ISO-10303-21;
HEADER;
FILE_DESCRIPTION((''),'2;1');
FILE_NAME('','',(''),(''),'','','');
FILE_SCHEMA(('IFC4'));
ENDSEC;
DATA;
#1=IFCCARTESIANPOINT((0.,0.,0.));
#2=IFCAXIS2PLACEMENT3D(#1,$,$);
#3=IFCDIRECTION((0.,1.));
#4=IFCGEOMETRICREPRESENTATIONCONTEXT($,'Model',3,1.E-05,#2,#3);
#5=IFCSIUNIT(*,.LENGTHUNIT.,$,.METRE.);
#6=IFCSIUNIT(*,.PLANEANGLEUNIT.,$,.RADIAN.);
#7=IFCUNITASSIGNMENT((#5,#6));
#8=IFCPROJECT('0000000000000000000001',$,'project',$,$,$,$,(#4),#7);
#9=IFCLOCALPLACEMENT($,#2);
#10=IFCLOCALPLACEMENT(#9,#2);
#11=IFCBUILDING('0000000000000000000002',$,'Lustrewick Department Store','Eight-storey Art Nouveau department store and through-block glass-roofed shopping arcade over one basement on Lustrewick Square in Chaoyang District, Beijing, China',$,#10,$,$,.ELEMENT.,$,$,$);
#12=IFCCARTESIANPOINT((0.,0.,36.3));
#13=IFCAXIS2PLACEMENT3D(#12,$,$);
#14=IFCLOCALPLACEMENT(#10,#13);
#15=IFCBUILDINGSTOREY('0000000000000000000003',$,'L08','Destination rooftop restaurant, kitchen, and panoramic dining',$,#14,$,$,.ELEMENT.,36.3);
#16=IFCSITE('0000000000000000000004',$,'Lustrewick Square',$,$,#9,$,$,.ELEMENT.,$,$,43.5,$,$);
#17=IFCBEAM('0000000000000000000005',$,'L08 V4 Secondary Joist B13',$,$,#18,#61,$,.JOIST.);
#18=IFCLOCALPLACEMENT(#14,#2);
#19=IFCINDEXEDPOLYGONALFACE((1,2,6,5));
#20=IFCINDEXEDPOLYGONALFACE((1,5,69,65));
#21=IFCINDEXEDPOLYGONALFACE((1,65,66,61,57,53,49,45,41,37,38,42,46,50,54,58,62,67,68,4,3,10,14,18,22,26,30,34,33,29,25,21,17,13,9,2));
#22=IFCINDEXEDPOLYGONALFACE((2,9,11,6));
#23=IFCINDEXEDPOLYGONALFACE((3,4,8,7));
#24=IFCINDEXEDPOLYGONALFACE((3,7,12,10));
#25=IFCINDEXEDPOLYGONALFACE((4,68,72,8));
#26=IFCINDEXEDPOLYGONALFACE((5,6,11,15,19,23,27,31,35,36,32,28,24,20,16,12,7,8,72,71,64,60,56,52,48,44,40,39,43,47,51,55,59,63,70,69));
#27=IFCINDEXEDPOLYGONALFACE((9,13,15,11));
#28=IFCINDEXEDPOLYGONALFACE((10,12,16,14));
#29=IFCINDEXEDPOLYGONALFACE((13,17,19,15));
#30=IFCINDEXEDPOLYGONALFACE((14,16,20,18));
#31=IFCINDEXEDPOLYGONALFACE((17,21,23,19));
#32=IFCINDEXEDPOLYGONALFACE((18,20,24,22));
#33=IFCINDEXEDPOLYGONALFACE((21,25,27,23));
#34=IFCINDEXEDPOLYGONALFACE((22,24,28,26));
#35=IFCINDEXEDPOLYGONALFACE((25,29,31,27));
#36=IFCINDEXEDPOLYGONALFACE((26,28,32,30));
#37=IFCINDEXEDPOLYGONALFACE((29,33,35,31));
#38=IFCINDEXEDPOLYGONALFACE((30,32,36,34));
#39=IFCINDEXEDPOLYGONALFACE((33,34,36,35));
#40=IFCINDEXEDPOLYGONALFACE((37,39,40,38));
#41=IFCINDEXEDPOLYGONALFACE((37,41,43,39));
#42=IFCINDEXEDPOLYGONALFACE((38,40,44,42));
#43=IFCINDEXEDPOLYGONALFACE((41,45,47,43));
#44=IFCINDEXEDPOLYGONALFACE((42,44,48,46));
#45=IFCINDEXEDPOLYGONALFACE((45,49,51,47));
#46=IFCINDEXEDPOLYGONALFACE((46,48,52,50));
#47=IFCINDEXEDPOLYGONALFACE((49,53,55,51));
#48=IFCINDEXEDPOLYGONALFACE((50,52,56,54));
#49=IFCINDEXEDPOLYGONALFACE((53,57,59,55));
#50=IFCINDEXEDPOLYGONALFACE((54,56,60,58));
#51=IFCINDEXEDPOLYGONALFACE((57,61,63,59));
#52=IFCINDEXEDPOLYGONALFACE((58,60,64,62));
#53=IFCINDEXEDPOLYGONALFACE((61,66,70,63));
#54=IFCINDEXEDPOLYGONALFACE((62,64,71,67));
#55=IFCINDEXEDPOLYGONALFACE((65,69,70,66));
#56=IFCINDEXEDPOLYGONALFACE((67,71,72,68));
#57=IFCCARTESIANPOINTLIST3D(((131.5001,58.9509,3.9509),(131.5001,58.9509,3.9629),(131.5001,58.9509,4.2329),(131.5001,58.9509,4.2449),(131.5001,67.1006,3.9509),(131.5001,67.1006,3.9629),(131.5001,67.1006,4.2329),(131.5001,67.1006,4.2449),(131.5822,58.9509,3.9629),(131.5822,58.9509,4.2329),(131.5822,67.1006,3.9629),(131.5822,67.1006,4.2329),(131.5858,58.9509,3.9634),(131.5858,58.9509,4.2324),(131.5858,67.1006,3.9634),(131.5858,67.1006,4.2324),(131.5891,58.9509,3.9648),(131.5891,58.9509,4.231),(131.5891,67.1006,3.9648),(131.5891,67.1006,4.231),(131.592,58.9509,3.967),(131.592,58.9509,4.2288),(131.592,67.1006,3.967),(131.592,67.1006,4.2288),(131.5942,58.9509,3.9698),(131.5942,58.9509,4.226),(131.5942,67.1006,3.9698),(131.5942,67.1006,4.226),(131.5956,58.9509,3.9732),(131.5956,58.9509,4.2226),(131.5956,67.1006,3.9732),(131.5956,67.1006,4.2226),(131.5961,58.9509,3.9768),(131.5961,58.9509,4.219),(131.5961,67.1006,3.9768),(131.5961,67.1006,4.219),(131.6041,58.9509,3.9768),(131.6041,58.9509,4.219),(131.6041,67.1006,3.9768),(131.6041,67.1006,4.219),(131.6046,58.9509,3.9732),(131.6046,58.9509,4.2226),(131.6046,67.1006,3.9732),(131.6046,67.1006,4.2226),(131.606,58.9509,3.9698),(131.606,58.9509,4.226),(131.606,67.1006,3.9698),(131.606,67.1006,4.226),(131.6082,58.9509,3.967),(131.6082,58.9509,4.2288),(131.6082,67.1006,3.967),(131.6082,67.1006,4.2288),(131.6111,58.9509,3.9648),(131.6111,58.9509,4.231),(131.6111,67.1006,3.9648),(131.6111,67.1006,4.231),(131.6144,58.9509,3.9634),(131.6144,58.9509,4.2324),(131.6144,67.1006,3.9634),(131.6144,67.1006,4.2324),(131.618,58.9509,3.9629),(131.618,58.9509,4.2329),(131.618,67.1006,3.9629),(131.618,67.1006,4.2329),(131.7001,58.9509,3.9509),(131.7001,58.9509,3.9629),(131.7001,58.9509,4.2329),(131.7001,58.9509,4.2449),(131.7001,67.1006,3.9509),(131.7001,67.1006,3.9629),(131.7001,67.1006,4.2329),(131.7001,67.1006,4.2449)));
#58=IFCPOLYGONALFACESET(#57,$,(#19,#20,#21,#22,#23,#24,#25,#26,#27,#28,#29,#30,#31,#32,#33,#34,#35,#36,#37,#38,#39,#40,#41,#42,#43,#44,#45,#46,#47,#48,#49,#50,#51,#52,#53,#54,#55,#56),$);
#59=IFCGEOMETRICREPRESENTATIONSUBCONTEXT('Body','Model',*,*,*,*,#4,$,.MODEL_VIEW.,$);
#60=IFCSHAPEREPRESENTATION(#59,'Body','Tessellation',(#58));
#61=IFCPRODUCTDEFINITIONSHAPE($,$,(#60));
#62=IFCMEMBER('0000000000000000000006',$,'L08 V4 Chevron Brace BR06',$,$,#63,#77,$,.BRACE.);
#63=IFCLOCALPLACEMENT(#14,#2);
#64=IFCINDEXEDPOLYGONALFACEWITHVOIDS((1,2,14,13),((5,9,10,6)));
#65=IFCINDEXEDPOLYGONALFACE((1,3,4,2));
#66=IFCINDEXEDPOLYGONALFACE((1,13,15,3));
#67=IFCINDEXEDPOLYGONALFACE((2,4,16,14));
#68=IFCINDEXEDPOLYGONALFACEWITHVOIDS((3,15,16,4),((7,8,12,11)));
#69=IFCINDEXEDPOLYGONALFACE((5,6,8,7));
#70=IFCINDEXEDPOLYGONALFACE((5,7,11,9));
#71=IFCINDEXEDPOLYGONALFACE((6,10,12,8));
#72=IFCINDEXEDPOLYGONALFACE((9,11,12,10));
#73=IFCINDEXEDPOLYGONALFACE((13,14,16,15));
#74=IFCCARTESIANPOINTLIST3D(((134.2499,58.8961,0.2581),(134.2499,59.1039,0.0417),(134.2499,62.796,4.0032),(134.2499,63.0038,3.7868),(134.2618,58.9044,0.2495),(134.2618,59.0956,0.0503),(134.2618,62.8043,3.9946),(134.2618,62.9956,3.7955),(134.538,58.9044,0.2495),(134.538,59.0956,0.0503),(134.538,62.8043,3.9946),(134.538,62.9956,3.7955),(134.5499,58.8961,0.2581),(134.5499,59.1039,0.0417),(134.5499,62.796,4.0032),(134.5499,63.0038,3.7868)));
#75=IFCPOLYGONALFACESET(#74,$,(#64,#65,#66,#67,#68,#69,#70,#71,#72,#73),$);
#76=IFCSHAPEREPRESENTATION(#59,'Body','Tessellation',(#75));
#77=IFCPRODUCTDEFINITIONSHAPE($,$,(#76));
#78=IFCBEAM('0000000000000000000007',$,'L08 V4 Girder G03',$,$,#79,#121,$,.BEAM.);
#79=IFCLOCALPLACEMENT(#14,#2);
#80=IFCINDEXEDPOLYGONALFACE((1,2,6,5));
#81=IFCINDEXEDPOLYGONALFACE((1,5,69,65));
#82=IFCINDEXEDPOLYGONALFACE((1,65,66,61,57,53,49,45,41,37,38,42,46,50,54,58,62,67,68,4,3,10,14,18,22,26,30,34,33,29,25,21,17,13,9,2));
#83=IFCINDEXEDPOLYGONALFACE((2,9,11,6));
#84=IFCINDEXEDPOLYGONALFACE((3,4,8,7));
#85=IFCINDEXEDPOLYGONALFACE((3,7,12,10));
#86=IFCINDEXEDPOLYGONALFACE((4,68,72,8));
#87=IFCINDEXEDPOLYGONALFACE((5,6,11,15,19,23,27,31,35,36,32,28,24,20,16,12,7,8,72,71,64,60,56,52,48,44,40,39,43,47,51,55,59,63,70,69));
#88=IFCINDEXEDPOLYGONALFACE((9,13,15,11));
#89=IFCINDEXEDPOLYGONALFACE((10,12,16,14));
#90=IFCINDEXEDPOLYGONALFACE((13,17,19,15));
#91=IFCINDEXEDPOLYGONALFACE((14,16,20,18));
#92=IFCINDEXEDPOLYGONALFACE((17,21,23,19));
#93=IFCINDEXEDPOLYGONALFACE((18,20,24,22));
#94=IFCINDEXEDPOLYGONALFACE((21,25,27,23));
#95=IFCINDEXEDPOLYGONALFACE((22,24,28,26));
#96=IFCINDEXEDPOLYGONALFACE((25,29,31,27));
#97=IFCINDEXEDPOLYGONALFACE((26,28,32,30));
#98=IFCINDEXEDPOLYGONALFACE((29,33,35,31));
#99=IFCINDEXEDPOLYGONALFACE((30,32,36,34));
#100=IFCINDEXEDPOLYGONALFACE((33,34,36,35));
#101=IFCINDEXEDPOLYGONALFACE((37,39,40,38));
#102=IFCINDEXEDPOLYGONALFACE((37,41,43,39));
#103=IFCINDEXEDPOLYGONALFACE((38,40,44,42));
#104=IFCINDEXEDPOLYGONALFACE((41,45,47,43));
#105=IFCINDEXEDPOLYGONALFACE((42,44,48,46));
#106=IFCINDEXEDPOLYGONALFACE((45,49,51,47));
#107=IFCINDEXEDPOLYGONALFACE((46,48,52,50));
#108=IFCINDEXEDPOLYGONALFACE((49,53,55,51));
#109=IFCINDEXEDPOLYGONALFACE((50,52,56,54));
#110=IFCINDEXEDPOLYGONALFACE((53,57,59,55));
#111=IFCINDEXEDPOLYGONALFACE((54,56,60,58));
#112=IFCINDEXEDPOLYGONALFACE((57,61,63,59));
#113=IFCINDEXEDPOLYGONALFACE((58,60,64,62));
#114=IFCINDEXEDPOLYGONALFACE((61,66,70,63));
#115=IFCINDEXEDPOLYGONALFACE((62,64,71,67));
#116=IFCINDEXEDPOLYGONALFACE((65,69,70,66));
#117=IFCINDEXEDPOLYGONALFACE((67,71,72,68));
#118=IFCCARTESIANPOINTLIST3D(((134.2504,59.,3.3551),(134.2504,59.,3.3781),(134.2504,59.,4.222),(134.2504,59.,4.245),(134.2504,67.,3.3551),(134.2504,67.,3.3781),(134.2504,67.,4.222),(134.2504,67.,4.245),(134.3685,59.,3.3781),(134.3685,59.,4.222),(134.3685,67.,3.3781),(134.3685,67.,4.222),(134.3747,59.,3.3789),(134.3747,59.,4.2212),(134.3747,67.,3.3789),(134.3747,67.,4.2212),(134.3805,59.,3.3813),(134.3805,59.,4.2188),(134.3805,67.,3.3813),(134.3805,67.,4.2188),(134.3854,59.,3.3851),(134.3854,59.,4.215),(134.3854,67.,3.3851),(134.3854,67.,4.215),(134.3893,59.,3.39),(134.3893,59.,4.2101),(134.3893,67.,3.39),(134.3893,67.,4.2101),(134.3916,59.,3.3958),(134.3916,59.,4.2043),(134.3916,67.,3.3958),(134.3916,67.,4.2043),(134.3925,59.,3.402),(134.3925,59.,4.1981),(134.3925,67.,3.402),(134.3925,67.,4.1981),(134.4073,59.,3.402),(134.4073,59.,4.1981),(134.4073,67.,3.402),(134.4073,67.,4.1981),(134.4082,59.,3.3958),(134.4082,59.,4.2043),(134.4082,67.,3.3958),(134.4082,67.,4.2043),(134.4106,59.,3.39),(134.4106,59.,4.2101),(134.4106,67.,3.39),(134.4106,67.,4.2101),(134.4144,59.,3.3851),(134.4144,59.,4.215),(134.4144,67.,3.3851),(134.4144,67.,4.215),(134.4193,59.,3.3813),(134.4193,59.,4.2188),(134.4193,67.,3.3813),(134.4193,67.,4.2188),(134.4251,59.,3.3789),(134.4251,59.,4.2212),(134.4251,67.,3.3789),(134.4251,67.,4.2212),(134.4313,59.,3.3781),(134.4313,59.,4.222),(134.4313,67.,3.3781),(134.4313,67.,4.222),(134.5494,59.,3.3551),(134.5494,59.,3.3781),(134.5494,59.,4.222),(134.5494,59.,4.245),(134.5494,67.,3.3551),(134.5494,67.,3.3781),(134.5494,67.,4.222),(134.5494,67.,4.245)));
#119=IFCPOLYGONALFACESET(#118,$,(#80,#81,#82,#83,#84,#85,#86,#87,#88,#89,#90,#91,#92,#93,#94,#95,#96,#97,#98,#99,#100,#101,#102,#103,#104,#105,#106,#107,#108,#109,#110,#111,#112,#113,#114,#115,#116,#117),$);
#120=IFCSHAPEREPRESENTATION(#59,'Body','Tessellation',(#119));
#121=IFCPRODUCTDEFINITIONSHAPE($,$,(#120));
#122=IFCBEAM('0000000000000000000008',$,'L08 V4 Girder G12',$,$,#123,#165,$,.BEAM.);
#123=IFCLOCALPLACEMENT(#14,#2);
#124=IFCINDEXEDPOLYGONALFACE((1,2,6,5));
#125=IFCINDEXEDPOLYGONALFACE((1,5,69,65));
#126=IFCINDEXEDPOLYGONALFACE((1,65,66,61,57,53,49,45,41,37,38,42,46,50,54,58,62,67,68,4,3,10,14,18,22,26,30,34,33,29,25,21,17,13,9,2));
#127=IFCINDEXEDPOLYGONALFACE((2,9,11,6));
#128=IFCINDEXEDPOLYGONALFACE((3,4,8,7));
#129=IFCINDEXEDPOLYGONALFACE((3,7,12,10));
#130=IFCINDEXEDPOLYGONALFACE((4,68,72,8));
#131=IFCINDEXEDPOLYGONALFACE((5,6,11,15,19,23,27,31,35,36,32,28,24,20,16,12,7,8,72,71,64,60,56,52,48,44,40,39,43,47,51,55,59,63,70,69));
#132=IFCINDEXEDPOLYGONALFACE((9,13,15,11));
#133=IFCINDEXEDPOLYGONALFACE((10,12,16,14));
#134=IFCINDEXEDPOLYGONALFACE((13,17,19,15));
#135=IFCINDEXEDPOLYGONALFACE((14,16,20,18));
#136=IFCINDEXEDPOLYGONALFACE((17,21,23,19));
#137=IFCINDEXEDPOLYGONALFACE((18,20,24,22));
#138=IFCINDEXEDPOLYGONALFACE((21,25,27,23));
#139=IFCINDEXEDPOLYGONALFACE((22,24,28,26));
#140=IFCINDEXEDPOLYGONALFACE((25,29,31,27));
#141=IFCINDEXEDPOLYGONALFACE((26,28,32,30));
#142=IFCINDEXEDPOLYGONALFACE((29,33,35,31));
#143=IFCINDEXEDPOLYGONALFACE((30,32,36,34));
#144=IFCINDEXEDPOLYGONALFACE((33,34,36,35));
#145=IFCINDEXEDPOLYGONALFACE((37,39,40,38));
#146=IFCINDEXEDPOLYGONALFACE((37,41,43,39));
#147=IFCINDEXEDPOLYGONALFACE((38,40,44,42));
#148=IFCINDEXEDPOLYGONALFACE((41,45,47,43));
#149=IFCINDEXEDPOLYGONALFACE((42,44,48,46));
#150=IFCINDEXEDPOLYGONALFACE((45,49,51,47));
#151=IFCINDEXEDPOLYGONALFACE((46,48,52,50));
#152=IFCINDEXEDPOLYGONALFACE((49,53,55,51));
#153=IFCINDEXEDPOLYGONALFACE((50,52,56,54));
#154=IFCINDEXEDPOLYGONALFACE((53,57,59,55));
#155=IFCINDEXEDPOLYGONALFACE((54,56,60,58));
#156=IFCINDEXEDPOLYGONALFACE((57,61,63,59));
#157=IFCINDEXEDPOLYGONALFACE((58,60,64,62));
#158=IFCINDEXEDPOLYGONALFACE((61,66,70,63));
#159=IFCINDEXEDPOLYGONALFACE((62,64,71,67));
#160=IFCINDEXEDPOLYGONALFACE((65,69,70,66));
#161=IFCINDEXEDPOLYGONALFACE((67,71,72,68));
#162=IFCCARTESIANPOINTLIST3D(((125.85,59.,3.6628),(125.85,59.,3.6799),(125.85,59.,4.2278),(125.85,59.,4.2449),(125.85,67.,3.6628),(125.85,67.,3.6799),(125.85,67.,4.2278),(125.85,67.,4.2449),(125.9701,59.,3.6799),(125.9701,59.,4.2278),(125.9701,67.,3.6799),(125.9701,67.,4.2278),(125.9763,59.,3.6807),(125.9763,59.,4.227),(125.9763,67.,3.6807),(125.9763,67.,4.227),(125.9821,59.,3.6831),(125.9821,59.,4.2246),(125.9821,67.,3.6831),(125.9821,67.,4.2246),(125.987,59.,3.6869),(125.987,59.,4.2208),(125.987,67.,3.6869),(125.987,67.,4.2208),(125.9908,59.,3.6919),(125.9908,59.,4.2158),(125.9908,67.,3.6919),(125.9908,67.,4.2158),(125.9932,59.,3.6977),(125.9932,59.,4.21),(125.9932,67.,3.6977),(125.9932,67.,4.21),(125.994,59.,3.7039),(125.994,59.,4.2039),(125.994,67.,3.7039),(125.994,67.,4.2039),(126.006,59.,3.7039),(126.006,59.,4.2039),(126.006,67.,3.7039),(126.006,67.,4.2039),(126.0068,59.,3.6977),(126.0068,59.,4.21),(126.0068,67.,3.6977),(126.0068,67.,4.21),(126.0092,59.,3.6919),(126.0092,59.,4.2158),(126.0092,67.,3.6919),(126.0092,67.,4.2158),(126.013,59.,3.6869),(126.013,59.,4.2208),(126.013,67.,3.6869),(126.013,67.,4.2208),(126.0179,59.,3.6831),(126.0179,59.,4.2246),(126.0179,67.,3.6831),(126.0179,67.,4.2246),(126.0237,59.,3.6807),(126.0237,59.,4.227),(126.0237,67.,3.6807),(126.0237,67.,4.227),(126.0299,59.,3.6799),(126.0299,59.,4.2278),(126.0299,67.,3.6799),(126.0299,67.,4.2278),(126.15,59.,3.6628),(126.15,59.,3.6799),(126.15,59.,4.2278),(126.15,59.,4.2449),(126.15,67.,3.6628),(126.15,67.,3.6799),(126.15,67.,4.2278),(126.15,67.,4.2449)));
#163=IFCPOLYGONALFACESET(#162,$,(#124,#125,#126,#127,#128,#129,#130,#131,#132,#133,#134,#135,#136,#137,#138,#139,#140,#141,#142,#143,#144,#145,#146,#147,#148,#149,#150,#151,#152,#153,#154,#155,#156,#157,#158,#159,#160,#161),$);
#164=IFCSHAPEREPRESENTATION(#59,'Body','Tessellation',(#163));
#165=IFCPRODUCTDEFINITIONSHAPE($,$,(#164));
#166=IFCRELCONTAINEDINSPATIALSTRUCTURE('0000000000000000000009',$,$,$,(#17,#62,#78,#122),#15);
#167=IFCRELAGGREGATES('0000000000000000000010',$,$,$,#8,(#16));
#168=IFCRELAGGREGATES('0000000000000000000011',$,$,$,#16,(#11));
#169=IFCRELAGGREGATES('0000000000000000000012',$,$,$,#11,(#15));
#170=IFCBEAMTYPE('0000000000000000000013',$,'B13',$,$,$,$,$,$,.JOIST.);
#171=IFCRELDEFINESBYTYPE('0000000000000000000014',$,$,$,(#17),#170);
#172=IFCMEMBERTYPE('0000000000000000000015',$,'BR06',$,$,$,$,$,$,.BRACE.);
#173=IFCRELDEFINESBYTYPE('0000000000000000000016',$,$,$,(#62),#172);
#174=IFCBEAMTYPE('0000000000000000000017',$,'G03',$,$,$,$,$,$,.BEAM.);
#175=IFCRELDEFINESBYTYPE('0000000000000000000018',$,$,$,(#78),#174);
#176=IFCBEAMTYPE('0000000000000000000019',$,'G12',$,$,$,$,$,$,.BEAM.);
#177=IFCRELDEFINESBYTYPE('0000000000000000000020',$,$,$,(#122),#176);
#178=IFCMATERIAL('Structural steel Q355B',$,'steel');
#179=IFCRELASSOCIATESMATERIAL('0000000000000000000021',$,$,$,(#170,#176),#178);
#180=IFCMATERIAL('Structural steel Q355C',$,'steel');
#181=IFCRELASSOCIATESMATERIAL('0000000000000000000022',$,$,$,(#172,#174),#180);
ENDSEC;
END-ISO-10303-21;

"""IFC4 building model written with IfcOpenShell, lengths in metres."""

from ifc_helpers import new_model, si_unit, direction, frame, origin, origin_2d, place, context, subcontext, project, spatial, hollow_rectangle, i_section, extrude, material, material_profile, profile_set, type_object, element, save


model = new_model("IFC4")

# Units and contexts
model_context = context("Model", 3, precision=1e-05, world=origin(), true_north=direction((0.0, 1.0)))
body_context = subcontext(model_context, "Body", "Model", "MODEL_VIEW")
ifc_project = project(units=[si_unit("LENGTHUNIT", "METRE"), si_unit("PLANEANGLEUNIT", "RADIAN")], contexts=[model_context])

# Site, building, storey
site_placement = place(None, origin())
site = spatial("IfcSite", under=ifc_project, at=site_placement, Name="Lustrewick Square", CompositionType="ELEMENT", RefElevation=43.5)
building_placement = place(site_placement, origin())
building = spatial("IfcBuilding", under=site, at=building_placement, Name="Lustrewick Department Store", Description="Eight-storey Art Nouveau department store and through-block glass-roofed shopping arcade over one basement on Lustrewick Square in Chaoyang District, Beijing, China", CompositionType="ELEMENT")
storey_placement = place(building_placement, frame((0.0, 0.0, 36.3)))
storey = spatial("IfcBuildingStorey", under=building, at=storey_placement, Name="L08", Description="Destination rooftop restaurant, kitchen, and panoramic dining", CompositionType="ELEMENT", Elevation=36.3)

# Beam
ifc_material_1 = material(Name="Structural steel Q355B", Category="steel")
ifc_material_profile_1 = material_profile(ifc_material_1, i_section(OverallWidth=0.2, OverallDepth=0.2939, WebThickness=0.0081, FlangeThickness=0.012, FilletRadius=0.0139, at=origin_2d()), Name="HM 294x200x8x12")
ifc_profile_set_1 = profile_set([ifc_material_profile_1], Name="Structural steel Q355B")
beam_type_1 = type_object("IfcBeamType", Name="B13", PredefinedType="JOIST", material=ifc_profile_set_1)
beam_1_placement = place(storey_placement, frame((131.6001, 58.9509, 4.0979), z_axis=(0.0, 1.0, 0.0), x_axis=(-1.0, 0.0, 0.0)))
element("IfcBeam", 1, at=beam_1_placement, inside=storey, type_object=beam_type_1, Name="L08 V4 Secondary Joist B13", PredefinedType="JOIST", context=body_context, shape_type="SweptSolid", body=[
    extrude(i_section(OverallWidth=0.2, OverallDepth=0.2939, WebThickness=0.0081, FlangeThickness=0.012, FilletRadius=0.0139, at=origin_2d()), origin(), (0.0, 0.0, 1.0), 8.1497),
])

# Member
ifc_material_2 = material(Name="Structural steel Q355C", Category="steel")
ifc_material_profile_2 = material_profile(ifc_material_2, hollow_rectangle(XDim=0.3, YDim=0.3, WallThickness=0.012, at=origin_2d()), Name="SHS 300x300x12")
ifc_profile_set_2 = profile_set([ifc_material_profile_2], Name="Structural steel Q355C")
member_type = type_object("IfcMemberType", Name="BR06", PredefinedType="BRACE", material=ifc_profile_set_2)
member_placement = place(storey_placement, frame((134.3999, 59.0, 0.1499), z_axis=(0.0, 0.721275, 0.692648), x_axis=(-1.0, 0.0, 0.0)))
element("IfcMember", 2, at=member_placement, inside=storey, type_object=member_type, Name="L08 V4 Chevron Brace BR06", PredefinedType="BRACE", context=body_context, shape_type="SweptSolid", body=[
    extrude(hollow_rectangle(XDim=0.3, YDim=0.3, WallThickness=0.012, at=origin_2d()), origin(), (0.0, 0.0, 1.0), 5.407),
])

# Beams
ifc_material_profile_3 = material_profile(ifc_material_2, i_section(OverallWidth=0.2991, OverallDepth=0.8899, WebThickness=0.0149, FlangeThickness=0.0229, FilletRadius=0.0239, at=origin_2d()), Name="HN 890x299x15x23")
ifc_profile_set_3 = profile_set([ifc_material_profile_3], Name="Structural steel Q355C")
beam_type_2 = type_object("IfcBeamType", Name="G03", PredefinedType="BEAM", material=ifc_profile_set_3)
beam_2_placement = place(storey_placement, frame((134.3999, 59.0, 3.8), z_axis=(0.0, 1.0, 0.0), x_axis=(-1.0, 0.0, 0.0)))
element("IfcBeam", 3, at=beam_2_placement, inside=storey, type_object=beam_type_2, Name="L08 V4 Girder G03", PredefinedType="BEAM", context=body_context, shape_type="SweptSolid", body=[
    extrude(i_section(OverallWidth=0.2991, OverallDepth=0.8899, WebThickness=0.0149, FlangeThickness=0.0229, FilletRadius=0.0239, at=origin_2d()), origin(), (0.0, 0.0, 1.0), 8.0),
])
ifc_material_profile_4 = material_profile(ifc_material_1, i_section(OverallWidth=0.3, OverallDepth=0.582, WebThickness=0.012, FlangeThickness=0.0171, FilletRadius=0.0239, at=origin_2d()), Name="HM 582x300x12x17")
ifc_profile_set_4 = profile_set([ifc_material_profile_4], Name="Structural steel Q355B")
beam_type_3 = type_object("IfcBeamType", Name="G12", PredefinedType="BEAM", material=ifc_profile_set_4)
beam_3_placement = place(storey_placement, frame((126.0, 59.0, 3.9539), z_axis=(0.0, 1.0, 0.0), x_axis=(-1.0, 0.0, 0.0)))
element("IfcBeam", 4, at=beam_3_placement, inside=storey, type_object=beam_type_3, Name="L08 V4 Girder G12", PredefinedType="BEAM", context=body_context, shape_type="SweptSolid", body=[
    extrude(i_section(OverallWidth=0.3, OverallDepth=0.582, WebThickness=0.012, FlangeThickness=0.0171, FilletRadius=0.0239, at=origin_2d()), origin(), (0.0, 0.0, 1.0), 8.0),
])

save(model, "model.ifc")
